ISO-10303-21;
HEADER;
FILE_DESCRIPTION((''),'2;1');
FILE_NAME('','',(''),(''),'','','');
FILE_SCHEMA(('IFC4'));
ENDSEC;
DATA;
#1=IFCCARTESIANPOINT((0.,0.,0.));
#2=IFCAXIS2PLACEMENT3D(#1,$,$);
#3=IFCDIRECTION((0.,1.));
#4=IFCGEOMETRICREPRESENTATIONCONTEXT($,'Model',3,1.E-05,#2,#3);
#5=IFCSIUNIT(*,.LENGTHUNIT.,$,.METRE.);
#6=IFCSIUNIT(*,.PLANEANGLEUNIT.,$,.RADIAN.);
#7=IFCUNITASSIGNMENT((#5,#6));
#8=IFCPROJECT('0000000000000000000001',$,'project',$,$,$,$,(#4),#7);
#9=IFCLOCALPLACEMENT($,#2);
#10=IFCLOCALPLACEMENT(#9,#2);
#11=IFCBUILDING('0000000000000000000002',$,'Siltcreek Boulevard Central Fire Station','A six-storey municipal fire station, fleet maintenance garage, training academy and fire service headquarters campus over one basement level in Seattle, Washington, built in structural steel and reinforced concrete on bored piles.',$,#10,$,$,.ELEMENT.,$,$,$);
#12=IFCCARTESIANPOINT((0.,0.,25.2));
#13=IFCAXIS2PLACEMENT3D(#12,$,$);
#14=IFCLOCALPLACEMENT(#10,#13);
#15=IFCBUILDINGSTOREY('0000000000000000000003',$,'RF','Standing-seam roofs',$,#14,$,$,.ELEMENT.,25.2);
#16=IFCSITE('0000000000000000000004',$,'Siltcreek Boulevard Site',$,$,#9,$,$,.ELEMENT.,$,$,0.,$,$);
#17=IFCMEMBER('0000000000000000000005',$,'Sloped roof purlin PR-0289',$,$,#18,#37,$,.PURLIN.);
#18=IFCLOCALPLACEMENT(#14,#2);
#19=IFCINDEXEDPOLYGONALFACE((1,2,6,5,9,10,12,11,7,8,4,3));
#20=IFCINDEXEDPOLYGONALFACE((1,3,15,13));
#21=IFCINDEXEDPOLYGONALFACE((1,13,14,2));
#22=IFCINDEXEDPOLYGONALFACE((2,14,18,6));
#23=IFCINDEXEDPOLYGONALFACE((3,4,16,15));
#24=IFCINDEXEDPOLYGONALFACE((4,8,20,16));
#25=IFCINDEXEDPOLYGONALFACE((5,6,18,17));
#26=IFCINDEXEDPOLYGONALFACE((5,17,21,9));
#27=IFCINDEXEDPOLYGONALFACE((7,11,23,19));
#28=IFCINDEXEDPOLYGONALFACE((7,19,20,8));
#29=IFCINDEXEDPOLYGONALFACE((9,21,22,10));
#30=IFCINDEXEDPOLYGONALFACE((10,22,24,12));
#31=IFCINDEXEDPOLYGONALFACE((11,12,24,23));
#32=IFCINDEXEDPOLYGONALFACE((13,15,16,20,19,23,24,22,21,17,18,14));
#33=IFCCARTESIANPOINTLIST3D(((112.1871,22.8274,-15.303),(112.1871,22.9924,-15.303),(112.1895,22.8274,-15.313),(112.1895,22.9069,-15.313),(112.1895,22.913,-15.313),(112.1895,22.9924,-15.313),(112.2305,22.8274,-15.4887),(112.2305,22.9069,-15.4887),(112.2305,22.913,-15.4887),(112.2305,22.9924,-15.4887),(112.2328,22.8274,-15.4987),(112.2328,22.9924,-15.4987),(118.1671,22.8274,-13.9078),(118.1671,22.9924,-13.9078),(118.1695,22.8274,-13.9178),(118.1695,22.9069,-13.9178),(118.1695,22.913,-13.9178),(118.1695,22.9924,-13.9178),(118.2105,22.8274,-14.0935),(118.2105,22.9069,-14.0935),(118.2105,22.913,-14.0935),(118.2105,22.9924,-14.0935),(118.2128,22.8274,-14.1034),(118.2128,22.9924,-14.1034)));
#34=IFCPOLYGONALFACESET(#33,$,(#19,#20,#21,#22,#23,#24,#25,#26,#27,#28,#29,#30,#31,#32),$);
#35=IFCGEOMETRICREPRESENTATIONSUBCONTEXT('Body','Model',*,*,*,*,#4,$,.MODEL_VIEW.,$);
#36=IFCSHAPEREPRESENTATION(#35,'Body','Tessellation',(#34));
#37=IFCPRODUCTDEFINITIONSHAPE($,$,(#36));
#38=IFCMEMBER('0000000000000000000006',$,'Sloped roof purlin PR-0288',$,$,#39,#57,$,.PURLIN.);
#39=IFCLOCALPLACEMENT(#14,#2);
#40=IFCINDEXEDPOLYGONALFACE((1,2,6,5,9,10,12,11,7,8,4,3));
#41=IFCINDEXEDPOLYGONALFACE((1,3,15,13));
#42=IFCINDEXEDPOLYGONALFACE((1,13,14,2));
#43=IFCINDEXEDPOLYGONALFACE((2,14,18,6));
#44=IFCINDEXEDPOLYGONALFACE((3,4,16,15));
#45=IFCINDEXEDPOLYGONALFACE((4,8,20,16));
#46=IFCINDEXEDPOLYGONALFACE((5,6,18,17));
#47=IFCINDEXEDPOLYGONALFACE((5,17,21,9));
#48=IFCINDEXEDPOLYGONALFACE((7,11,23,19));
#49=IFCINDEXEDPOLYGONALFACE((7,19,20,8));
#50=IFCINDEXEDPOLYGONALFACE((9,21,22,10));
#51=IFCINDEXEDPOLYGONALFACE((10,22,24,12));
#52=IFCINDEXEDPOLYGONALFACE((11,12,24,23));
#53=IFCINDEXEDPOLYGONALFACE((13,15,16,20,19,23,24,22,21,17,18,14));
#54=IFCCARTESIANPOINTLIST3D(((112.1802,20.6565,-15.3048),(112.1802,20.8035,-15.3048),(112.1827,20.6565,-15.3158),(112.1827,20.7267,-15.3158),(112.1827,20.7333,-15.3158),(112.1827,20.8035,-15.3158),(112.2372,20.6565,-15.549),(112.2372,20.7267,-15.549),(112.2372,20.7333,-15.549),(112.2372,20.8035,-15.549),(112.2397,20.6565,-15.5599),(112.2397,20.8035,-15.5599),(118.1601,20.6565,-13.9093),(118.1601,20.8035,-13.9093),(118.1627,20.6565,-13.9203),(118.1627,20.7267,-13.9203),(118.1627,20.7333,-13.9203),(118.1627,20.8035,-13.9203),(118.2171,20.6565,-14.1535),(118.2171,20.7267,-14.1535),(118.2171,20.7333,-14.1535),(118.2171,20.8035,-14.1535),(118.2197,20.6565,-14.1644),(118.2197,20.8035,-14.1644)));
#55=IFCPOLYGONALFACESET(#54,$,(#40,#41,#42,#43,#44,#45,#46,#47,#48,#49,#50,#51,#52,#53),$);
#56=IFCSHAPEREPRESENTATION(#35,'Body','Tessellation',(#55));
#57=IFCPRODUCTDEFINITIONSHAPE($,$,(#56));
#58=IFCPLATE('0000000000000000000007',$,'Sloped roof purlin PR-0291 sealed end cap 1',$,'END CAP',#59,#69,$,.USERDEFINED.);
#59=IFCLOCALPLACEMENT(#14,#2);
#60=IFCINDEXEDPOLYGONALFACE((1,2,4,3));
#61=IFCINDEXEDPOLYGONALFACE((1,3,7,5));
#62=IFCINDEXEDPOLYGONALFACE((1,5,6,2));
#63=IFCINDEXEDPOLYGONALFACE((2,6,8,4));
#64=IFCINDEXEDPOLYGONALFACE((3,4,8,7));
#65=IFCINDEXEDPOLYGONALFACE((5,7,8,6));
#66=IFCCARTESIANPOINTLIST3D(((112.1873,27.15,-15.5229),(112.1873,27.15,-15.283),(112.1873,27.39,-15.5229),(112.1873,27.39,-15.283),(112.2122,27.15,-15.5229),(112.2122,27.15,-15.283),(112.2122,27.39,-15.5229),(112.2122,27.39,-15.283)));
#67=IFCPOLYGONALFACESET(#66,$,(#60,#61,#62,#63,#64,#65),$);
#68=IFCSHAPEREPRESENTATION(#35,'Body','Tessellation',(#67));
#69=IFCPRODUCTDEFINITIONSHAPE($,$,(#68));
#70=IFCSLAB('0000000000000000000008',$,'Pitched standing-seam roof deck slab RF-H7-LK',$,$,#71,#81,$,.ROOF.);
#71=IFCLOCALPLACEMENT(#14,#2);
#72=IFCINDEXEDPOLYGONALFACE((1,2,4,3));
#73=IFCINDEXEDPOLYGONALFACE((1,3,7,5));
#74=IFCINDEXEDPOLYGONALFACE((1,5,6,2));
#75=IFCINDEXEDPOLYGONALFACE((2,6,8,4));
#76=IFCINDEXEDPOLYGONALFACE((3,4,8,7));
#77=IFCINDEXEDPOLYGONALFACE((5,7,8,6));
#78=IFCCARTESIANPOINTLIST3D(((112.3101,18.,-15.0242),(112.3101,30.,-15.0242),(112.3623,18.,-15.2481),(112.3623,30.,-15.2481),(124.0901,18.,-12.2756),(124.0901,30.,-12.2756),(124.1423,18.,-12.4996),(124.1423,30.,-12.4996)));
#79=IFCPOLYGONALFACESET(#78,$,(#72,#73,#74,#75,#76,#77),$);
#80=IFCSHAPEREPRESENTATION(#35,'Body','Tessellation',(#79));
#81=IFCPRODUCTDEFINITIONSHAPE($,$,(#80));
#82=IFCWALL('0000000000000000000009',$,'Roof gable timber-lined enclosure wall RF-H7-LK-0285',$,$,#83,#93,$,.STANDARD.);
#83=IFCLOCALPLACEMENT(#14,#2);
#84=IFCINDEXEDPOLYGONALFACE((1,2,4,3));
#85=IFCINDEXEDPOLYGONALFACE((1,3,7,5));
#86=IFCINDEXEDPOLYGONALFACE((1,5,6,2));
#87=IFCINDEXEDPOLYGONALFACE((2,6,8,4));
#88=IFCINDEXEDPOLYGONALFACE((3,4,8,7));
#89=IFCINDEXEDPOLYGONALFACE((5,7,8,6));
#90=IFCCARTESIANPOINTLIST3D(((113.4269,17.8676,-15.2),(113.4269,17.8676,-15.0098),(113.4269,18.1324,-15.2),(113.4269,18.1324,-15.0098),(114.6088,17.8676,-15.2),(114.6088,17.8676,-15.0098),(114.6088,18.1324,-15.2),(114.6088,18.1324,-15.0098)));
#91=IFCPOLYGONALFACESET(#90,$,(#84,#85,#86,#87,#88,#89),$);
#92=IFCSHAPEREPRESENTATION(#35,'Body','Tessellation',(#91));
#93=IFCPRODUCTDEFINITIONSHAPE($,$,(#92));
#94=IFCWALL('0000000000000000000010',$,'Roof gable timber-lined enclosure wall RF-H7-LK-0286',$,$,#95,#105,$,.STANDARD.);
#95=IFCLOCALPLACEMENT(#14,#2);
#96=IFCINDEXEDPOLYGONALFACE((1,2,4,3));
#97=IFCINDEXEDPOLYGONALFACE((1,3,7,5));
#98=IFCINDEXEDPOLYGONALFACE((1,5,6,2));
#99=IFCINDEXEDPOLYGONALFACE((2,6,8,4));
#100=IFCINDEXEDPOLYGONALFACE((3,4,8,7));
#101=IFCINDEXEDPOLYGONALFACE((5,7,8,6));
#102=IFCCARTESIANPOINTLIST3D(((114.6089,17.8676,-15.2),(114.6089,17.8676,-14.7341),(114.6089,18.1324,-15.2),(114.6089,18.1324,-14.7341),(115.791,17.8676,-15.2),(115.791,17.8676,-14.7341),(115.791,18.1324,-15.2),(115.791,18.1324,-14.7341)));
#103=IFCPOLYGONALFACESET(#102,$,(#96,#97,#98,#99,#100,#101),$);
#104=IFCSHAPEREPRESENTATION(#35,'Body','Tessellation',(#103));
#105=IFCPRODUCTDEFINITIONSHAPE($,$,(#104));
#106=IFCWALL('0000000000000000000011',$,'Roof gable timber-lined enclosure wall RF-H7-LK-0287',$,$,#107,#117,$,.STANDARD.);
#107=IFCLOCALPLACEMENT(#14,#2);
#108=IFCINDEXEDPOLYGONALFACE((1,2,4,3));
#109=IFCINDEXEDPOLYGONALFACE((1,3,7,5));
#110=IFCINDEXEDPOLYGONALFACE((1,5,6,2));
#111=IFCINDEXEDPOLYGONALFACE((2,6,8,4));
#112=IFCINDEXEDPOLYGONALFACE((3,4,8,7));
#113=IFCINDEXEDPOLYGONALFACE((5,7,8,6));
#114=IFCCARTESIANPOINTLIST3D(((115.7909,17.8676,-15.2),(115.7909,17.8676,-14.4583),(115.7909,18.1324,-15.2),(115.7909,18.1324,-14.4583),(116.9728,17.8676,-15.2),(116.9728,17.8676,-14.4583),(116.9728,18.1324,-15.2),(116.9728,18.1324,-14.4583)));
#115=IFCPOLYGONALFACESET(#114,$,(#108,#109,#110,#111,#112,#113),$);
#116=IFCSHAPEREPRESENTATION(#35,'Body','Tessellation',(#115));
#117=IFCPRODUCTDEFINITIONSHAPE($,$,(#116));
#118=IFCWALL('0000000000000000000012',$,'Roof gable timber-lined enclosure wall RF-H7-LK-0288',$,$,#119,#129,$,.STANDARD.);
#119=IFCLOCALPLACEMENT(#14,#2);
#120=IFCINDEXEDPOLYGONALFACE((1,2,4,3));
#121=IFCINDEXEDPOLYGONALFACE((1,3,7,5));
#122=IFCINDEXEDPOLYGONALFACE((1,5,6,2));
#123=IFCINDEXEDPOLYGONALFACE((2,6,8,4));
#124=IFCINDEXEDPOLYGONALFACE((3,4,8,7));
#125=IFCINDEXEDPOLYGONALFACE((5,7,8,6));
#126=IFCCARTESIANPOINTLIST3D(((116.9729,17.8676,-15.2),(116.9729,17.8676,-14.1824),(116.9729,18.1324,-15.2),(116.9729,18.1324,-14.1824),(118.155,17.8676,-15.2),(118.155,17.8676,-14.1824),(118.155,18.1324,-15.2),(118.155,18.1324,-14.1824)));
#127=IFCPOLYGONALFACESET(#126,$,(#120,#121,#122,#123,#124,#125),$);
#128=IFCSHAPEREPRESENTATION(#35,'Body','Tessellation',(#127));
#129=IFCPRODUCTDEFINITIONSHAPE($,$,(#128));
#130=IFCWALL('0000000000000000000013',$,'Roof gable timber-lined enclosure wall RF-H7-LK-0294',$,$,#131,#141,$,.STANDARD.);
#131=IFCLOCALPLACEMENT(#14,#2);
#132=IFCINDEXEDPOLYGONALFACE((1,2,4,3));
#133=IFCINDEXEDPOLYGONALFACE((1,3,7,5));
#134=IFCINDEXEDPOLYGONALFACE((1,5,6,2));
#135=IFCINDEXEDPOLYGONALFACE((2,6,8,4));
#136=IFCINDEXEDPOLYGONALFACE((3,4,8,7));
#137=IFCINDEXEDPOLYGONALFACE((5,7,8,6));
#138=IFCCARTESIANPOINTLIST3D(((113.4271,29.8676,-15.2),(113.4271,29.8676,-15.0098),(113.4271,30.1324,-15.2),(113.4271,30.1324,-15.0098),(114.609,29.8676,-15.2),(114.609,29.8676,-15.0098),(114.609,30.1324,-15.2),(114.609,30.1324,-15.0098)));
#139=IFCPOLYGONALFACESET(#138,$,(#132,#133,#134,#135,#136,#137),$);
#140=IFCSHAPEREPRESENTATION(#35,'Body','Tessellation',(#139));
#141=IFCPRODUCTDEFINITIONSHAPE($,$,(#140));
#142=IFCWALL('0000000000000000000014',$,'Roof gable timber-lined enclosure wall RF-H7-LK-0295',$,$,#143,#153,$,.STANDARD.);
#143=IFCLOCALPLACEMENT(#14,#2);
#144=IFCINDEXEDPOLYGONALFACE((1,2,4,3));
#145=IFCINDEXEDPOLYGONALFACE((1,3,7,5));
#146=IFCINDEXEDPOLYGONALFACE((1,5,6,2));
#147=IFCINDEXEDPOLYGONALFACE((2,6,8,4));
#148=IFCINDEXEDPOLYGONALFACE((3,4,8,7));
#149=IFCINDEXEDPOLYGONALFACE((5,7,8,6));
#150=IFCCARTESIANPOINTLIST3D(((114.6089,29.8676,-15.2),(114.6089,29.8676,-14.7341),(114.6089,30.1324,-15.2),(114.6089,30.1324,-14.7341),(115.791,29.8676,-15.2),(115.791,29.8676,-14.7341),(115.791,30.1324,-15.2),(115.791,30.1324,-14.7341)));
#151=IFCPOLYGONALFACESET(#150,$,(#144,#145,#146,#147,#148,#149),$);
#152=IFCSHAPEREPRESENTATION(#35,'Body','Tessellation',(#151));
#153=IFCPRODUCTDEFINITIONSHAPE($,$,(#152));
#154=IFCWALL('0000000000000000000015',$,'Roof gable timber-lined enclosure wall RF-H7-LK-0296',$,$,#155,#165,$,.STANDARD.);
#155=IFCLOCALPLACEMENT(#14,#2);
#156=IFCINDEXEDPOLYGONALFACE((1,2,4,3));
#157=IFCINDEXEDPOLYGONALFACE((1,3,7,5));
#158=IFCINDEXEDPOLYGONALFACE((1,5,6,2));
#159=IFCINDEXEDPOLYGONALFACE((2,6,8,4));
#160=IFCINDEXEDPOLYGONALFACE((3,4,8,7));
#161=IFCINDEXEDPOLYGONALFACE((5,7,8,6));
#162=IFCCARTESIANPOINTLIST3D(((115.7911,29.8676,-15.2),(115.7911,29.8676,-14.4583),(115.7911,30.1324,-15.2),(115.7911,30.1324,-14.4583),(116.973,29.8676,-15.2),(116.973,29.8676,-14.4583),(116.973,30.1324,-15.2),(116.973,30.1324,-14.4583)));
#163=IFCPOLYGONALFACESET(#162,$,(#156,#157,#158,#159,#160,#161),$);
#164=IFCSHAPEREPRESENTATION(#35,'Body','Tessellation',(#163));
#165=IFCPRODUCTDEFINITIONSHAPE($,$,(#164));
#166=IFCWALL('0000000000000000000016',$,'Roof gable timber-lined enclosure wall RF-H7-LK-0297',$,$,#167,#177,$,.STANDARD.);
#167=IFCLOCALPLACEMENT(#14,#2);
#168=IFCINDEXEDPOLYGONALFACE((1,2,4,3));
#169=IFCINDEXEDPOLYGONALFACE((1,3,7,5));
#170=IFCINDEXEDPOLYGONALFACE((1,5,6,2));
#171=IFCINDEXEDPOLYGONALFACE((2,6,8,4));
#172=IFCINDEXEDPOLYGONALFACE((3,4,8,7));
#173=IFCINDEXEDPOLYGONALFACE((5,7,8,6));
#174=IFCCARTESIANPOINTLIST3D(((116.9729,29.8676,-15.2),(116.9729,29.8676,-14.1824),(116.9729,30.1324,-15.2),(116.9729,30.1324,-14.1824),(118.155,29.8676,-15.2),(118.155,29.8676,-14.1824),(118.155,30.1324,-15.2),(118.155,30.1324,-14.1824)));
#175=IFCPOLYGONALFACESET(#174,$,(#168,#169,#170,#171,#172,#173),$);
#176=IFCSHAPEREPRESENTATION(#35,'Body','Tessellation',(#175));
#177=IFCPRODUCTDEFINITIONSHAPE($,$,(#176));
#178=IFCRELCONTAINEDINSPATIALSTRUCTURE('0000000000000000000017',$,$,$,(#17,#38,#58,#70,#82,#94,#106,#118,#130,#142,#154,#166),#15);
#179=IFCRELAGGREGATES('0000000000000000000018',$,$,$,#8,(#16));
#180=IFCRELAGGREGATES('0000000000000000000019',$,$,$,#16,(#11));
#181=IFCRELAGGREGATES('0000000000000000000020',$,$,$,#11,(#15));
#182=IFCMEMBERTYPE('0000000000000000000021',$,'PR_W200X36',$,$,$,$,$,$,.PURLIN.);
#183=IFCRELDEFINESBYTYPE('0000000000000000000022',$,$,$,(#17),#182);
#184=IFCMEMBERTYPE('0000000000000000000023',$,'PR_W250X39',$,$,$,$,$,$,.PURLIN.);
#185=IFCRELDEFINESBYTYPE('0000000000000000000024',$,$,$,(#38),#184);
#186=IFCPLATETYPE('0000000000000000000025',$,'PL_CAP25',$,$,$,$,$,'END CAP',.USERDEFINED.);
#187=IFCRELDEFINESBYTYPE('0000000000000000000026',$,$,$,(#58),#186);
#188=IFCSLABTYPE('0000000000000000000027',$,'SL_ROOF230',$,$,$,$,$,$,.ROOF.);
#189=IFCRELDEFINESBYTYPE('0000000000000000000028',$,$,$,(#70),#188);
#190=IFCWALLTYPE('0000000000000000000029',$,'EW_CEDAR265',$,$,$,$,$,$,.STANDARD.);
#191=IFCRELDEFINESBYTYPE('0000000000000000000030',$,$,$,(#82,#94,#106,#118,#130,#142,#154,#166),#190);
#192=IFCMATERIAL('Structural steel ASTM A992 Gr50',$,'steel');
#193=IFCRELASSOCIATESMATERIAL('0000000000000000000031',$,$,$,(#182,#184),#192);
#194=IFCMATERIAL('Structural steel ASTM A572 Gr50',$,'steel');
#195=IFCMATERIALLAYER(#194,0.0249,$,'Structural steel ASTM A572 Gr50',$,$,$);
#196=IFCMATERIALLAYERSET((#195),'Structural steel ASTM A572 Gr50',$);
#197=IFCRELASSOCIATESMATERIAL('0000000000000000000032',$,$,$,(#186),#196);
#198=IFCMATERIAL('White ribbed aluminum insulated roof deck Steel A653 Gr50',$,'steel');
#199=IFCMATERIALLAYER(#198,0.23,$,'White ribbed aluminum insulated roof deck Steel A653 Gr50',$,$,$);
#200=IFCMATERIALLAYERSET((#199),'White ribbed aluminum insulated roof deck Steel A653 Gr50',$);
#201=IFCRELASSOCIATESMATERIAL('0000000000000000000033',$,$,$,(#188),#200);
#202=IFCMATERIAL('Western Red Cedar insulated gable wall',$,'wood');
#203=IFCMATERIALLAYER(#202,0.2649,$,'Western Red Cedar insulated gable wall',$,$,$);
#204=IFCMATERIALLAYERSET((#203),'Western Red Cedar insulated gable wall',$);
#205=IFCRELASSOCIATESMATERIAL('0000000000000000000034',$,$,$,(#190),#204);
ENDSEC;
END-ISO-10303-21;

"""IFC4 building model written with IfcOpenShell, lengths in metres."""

from ifc_helpers import new_model, si_unit, direction, frame, frame_2d, origin, origin_2d, place, context, subcontext, project, spatial, polyline, rectangle, i_section, outline, extrude, material, layer, layer_set, material_profile, profile_set, type_object, element, save


model = new_model("IFC4")

# Units and contexts
model_context = context("Model", 3, precision=1e-05, world=origin(), true_north=direction((0.0, 1.0)))
body_context = subcontext(model_context, "Body", "Model", "MODEL_VIEW")
ifc_project = project(units=[si_unit("LENGTHUNIT", "METRE"), si_unit("PLANEANGLEUNIT", "RADIAN")], contexts=[model_context])

# Site, building, storey
site_placement = place(None, origin())
site = spatial("IfcSite", under=ifc_project, at=site_placement, Name="Siltcreek Boulevard Site", CompositionType="ELEMENT", RefElevation=0.0)
building_placement = place(site_placement, origin())
building = spatial("IfcBuilding", under=site, at=building_placement, Name="Siltcreek Boulevard Central Fire Station", Description="A six-storey municipal fire station, fleet maintenance garage, training academy and fire service headquarters campus over one basement level in Seattle, Washington, built in structural steel and reinforced concrete on bored piles.", CompositionType="ELEMENT")
storey_placement = place(building_placement, frame((0.0, 0.0, 25.2)))
storey = spatial("IfcBuildingStorey", under=building, at=storey_placement, Name="RF", Description="Standing-seam roofs", CompositionType="ELEMENT", Elevation=25.2)

# Shared definitions
ifc_material_1 = material(Name="Structural steel ASTM A992 Gr50", Category="steel")

# Members
ifc_material_profile_1 = material_profile(ifc_material_1, i_section(OverallWidth=0.165, OverallDepth=0.2009, WebThickness=0.0061, FlangeThickness=0.0103, at=origin_2d()), Name="W200X36")
ifc_profile_set_1 = profile_set([ifc_material_profile_1], Name="Structural steel ASTM A992 Gr50")
member_type_1 = type_object("IfcMemberType", Name="PR_W200X36", PredefinedType="PURLIN", material=ifc_profile_set_1)
member_1_placement = place(storey_placement, frame((112.21, 22.9099, -15.4009), z_axis=(0.973844, 0.0, 0.22722), x_axis=(0.0, 1.0, 0.0)))
element("IfcMember", 1, at=member_1_placement, inside=storey, type_object=member_type_1, Name="Sloped roof purlin PR-0289", PredefinedType="PURLIN", context=body_context, shape_type="SweptSolid", body=[
    extrude(i_section(OverallWidth=0.165, OverallDepth=0.2009, WebThickness=0.0061, FlangeThickness=0.0103, at=origin_2d()), origin(), (0.0, 0.0, 1.0), 6.1406),
])
ifc_material_profile_2 = material_profile(ifc_material_1, i_section(OverallWidth=0.147, OverallDepth=0.262, WebThickness=0.0066, FlangeThickness=0.0112, at=origin_2d()), Name="W250X39")
ifc_profile_set_2 = profile_set([ifc_material_profile_2], Name="Structural steel ASTM A992 Gr50")
member_type_2 = type_object("IfcMemberType", Name="PR_W250X39", PredefinedType="PURLIN", material=ifc_profile_set_2)
member_2_placement = place(storey_placement, frame((112.21, 20.73, -15.4324), z_axis=(0.973835, 0.0, 0.227257), x_axis=(0.0, 1.0, 0.0)))
element("IfcMember", 2, at=member_2_placement, inside=storey, type_object=member_type_2, Name="Sloped roof purlin PR-0288", PredefinedType="PURLIN", context=body_context, shape_type="SweptSolid", body=[
    extrude(i_section(OverallWidth=0.147, OverallDepth=0.262, WebThickness=0.0066, FlangeThickness=0.0112, at=origin_2d()), origin(), (0.0, 0.0, 1.0), 6.1406),
])

# Plate
ifc_material_2 = material(Name="Structural steel ASTM A572 Gr50", Category="steel")
ifc_layer_1 = layer(ifc_material_2, 0.0249, Name="Structural steel ASTM A572 Gr50")
ifc_layer_set_1 = layer_set([ifc_layer_1], Name="Structural steel ASTM A572 Gr50")
plate_type = type_object("IfcPlateType", Name="PL_CAP25", ElementType="END CAP", PredefinedType="USERDEFINED", material=ifc_layer_set_1)
plate_placement = place(storey_placement, frame((112.1997, 27.27, -15.5229), z_axis=(0.0, 0.0, 1.0), x_axis=(1.0, 0.0, 0.0)))
element("IfcPlate", 3, at=plate_placement, inside=storey, type_object=plate_type, Name="Sloped roof purlin PR-0291 sealed end cap 1", ObjectType="END CAP", PredefinedType="USERDEFINED", context=body_context, shape_type="SweptSolid", body=[
    extrude(rectangle(XDim=0.0249, YDim=0.24, at=origin_2d()), origin(), (0.0, 0.0, 1.0), 0.24),
])

# Slab
ifc_material_3 = material(Name="White ribbed aluminum insulated roof deck Steel A653 Gr50", Category="steel")
ifc_layer_2 = layer(ifc_material_3, 0.23, Name="White ribbed aluminum insulated roof deck Steel A653 Gr50")
ifc_layer_set_2 = layer_set([ifc_layer_2], Name="White ribbed aluminum insulated roof deck Steel A653 Gr50")
slab_type = type_object("IfcSlabType", Name="SL_ROOF230", PredefinedType="ROOF", material=ifc_layer_set_2)
slab_placement = place(storey_placement, frame((112.3101, 18.0, -15.0242), z_axis=(-0.227219, 0.0, 0.973844), x_axis=(0.973844, 0.0, 0.227219)))
element("IfcSlab", 4, at=slab_placement, inside=storey, type_object=slab_type, Name="Pitched standing-seam roof deck slab RF-H7-LK", PredefinedType="ROOF", context=body_context, shape_type="SweptSolid", body=[
    extrude(outline(polyline([(0.0, 0.0), (12.0964, 0.0), (12.0964, 12.0), (0.0, 12.0), (0.0, 0.0)])), origin(), (0.0, 0.0, -1.0), 0.23),
])

# Walls
ifc_material_4 = material(Name="Western Red Cedar insulated gable wall", Category="wood")
ifc_layer_3 = layer(ifc_material_4, 0.2649, Name="Western Red Cedar insulated gable wall")
ifc_layer_set_3 = layer_set([ifc_layer_3], Name="Western Red Cedar insulated gable wall")
wall_type = type_object("IfcWallType", Name="EW_CEDAR265", PredefinedType="STANDARD", material=ifc_layer_set_3)
wall_1_placement = place(storey_placement, frame((113.427, 18.0, -15.2), z_axis=(0.0, 0.0, 1.0), x_axis=(1.0, 0.0, 0.0)))
element("IfcWall", 5, at=wall_1_placement, inside=storey, type_object=wall_type, Name="Roof gable timber-lined enclosure wall RF-H7-LK-0285", PredefinedType="STANDARD", context=body_context, shape_type="SweptSolid", body=[
    extrude(rectangle(XDim=1.1819, YDim=0.2649, at=frame_2d((0.5908, 0.0))), origin(), (0.0, 0.0, 1.0), 0.1902),
])
wall_2_placement = place(storey_placement, frame((114.6089, 18.0, -15.2), z_axis=(0.0, 0.0, 1.0), x_axis=(1.0, 0.0, 0.0)))
element("IfcWall", 6, at=wall_2_placement, inside=storey, type_object=wall_type, Name="Roof gable timber-lined enclosure wall RF-H7-LK-0286", PredefinedType="STANDARD", context=body_context, shape_type="SweptSolid", body=[
    extrude(rectangle(XDim=1.1821, YDim=0.2649, at=frame_2d((0.5911, 0.0))), origin(), (0.0, 0.0, 1.0), 0.4658),
])
wall_3_placement = place(storey_placement, frame((115.791, 18.0, -15.2), z_axis=(0.0, 0.0, 1.0), x_axis=(1.0, 0.0, 0.0)))
element("IfcWall", 7, at=wall_3_placement, inside=storey, type_object=wall_type, Name="Roof gable timber-lined enclosure wall RF-H7-LK-0287", PredefinedType="STANDARD", context=body_context, shape_type="SweptSolid", body=[
    extrude(rectangle(XDim=1.1819, YDim=0.2649, at=frame_2d((0.5908, 0.0))), origin(), (0.0, 0.0, 1.0), 0.7417),
])
wall_4_placement = place(storey_placement, frame((116.9729, 18.0, -15.2), z_axis=(0.0, 0.0, 1.0), x_axis=(1.0, 0.0, 0.0)))
element("IfcWall", 8, at=wall_4_placement, inside=storey, type_object=wall_type, Name="Roof gable timber-lined enclosure wall RF-H7-LK-0288", PredefinedType="STANDARD", context=body_context, shape_type="SweptSolid", body=[
    extrude(rectangle(XDim=1.1821, YDim=0.2649, at=frame_2d((0.5911, 0.0))), origin(), (0.0, 0.0, 1.0), 1.0176),
])
wall_5_placement = place(storey_placement, frame((114.6089, 30.0, -15.2), z_axis=(0.0, 0.0, 1.0), x_axis=(-1.0, 0.0, 0.0)))
element("IfcWall", 9, at=wall_5_placement, inside=storey, type_object=wall_type, Name="Roof gable timber-lined enclosure wall RF-H7-LK-0294", PredefinedType="STANDARD", context=body_context, shape_type="SweptSolid", body=[
    extrude(rectangle(XDim=1.1819, YDim=0.2649, at=frame_2d((0.5908, 0.0))), origin(), (0.0, 0.0, 1.0), 0.1902),
])
wall_6_placement = place(storey_placement, frame((115.791, 30.0, -15.2), z_axis=(0.0, 0.0, 1.0), x_axis=(-1.0, 0.0, 0.0)))
element("IfcWall", 10, at=wall_6_placement, inside=storey, type_object=wall_type, Name="Roof gable timber-lined enclosure wall RF-H7-LK-0295", PredefinedType="STANDARD", context=body_context, shape_type="SweptSolid", body=[
    extrude(rectangle(XDim=1.1821, YDim=0.2649, at=frame_2d((0.5911, 0.0))), origin(), (0.0, 0.0, 1.0), 0.4658),
])
wall_7_placement = place(storey_placement, frame((116.9729, 30.0, -15.2), z_axis=(0.0, 0.0, 1.0), x_axis=(-1.0, 0.0, 0.0)))
element("IfcWall", 11, at=wall_7_placement, inside=storey, type_object=wall_type, Name="Roof gable timber-lined enclosure wall RF-H7-LK-0296", PredefinedType="STANDARD", context=body_context, shape_type="SweptSolid", body=[
    extrude(rectangle(XDim=1.1819, YDim=0.2649, at=frame_2d((0.5908, 0.0))), origin(), (0.0, 0.0, 1.0), 0.7417),
])
wall_8_placement = place(storey_placement, frame((118.155, 30.0, -15.2), z_axis=(0.0, 0.0, 1.0), x_axis=(-1.0, 0.0, 0.0)))
element("IfcWall", 12, at=wall_8_placement, inside=storey, type_object=wall_type, Name="Roof gable timber-lined enclosure wall RF-H7-LK-0297", PredefinedType="STANDARD", context=body_context, shape_type="SweptSolid", body=[
    extrude(rectangle(XDim=1.1821, YDim=0.2649, at=frame_2d((0.5911, 0.0))), origin(), (0.0, 0.0, 1.0), 1.0176),
])

save(model, "model.ifc")
